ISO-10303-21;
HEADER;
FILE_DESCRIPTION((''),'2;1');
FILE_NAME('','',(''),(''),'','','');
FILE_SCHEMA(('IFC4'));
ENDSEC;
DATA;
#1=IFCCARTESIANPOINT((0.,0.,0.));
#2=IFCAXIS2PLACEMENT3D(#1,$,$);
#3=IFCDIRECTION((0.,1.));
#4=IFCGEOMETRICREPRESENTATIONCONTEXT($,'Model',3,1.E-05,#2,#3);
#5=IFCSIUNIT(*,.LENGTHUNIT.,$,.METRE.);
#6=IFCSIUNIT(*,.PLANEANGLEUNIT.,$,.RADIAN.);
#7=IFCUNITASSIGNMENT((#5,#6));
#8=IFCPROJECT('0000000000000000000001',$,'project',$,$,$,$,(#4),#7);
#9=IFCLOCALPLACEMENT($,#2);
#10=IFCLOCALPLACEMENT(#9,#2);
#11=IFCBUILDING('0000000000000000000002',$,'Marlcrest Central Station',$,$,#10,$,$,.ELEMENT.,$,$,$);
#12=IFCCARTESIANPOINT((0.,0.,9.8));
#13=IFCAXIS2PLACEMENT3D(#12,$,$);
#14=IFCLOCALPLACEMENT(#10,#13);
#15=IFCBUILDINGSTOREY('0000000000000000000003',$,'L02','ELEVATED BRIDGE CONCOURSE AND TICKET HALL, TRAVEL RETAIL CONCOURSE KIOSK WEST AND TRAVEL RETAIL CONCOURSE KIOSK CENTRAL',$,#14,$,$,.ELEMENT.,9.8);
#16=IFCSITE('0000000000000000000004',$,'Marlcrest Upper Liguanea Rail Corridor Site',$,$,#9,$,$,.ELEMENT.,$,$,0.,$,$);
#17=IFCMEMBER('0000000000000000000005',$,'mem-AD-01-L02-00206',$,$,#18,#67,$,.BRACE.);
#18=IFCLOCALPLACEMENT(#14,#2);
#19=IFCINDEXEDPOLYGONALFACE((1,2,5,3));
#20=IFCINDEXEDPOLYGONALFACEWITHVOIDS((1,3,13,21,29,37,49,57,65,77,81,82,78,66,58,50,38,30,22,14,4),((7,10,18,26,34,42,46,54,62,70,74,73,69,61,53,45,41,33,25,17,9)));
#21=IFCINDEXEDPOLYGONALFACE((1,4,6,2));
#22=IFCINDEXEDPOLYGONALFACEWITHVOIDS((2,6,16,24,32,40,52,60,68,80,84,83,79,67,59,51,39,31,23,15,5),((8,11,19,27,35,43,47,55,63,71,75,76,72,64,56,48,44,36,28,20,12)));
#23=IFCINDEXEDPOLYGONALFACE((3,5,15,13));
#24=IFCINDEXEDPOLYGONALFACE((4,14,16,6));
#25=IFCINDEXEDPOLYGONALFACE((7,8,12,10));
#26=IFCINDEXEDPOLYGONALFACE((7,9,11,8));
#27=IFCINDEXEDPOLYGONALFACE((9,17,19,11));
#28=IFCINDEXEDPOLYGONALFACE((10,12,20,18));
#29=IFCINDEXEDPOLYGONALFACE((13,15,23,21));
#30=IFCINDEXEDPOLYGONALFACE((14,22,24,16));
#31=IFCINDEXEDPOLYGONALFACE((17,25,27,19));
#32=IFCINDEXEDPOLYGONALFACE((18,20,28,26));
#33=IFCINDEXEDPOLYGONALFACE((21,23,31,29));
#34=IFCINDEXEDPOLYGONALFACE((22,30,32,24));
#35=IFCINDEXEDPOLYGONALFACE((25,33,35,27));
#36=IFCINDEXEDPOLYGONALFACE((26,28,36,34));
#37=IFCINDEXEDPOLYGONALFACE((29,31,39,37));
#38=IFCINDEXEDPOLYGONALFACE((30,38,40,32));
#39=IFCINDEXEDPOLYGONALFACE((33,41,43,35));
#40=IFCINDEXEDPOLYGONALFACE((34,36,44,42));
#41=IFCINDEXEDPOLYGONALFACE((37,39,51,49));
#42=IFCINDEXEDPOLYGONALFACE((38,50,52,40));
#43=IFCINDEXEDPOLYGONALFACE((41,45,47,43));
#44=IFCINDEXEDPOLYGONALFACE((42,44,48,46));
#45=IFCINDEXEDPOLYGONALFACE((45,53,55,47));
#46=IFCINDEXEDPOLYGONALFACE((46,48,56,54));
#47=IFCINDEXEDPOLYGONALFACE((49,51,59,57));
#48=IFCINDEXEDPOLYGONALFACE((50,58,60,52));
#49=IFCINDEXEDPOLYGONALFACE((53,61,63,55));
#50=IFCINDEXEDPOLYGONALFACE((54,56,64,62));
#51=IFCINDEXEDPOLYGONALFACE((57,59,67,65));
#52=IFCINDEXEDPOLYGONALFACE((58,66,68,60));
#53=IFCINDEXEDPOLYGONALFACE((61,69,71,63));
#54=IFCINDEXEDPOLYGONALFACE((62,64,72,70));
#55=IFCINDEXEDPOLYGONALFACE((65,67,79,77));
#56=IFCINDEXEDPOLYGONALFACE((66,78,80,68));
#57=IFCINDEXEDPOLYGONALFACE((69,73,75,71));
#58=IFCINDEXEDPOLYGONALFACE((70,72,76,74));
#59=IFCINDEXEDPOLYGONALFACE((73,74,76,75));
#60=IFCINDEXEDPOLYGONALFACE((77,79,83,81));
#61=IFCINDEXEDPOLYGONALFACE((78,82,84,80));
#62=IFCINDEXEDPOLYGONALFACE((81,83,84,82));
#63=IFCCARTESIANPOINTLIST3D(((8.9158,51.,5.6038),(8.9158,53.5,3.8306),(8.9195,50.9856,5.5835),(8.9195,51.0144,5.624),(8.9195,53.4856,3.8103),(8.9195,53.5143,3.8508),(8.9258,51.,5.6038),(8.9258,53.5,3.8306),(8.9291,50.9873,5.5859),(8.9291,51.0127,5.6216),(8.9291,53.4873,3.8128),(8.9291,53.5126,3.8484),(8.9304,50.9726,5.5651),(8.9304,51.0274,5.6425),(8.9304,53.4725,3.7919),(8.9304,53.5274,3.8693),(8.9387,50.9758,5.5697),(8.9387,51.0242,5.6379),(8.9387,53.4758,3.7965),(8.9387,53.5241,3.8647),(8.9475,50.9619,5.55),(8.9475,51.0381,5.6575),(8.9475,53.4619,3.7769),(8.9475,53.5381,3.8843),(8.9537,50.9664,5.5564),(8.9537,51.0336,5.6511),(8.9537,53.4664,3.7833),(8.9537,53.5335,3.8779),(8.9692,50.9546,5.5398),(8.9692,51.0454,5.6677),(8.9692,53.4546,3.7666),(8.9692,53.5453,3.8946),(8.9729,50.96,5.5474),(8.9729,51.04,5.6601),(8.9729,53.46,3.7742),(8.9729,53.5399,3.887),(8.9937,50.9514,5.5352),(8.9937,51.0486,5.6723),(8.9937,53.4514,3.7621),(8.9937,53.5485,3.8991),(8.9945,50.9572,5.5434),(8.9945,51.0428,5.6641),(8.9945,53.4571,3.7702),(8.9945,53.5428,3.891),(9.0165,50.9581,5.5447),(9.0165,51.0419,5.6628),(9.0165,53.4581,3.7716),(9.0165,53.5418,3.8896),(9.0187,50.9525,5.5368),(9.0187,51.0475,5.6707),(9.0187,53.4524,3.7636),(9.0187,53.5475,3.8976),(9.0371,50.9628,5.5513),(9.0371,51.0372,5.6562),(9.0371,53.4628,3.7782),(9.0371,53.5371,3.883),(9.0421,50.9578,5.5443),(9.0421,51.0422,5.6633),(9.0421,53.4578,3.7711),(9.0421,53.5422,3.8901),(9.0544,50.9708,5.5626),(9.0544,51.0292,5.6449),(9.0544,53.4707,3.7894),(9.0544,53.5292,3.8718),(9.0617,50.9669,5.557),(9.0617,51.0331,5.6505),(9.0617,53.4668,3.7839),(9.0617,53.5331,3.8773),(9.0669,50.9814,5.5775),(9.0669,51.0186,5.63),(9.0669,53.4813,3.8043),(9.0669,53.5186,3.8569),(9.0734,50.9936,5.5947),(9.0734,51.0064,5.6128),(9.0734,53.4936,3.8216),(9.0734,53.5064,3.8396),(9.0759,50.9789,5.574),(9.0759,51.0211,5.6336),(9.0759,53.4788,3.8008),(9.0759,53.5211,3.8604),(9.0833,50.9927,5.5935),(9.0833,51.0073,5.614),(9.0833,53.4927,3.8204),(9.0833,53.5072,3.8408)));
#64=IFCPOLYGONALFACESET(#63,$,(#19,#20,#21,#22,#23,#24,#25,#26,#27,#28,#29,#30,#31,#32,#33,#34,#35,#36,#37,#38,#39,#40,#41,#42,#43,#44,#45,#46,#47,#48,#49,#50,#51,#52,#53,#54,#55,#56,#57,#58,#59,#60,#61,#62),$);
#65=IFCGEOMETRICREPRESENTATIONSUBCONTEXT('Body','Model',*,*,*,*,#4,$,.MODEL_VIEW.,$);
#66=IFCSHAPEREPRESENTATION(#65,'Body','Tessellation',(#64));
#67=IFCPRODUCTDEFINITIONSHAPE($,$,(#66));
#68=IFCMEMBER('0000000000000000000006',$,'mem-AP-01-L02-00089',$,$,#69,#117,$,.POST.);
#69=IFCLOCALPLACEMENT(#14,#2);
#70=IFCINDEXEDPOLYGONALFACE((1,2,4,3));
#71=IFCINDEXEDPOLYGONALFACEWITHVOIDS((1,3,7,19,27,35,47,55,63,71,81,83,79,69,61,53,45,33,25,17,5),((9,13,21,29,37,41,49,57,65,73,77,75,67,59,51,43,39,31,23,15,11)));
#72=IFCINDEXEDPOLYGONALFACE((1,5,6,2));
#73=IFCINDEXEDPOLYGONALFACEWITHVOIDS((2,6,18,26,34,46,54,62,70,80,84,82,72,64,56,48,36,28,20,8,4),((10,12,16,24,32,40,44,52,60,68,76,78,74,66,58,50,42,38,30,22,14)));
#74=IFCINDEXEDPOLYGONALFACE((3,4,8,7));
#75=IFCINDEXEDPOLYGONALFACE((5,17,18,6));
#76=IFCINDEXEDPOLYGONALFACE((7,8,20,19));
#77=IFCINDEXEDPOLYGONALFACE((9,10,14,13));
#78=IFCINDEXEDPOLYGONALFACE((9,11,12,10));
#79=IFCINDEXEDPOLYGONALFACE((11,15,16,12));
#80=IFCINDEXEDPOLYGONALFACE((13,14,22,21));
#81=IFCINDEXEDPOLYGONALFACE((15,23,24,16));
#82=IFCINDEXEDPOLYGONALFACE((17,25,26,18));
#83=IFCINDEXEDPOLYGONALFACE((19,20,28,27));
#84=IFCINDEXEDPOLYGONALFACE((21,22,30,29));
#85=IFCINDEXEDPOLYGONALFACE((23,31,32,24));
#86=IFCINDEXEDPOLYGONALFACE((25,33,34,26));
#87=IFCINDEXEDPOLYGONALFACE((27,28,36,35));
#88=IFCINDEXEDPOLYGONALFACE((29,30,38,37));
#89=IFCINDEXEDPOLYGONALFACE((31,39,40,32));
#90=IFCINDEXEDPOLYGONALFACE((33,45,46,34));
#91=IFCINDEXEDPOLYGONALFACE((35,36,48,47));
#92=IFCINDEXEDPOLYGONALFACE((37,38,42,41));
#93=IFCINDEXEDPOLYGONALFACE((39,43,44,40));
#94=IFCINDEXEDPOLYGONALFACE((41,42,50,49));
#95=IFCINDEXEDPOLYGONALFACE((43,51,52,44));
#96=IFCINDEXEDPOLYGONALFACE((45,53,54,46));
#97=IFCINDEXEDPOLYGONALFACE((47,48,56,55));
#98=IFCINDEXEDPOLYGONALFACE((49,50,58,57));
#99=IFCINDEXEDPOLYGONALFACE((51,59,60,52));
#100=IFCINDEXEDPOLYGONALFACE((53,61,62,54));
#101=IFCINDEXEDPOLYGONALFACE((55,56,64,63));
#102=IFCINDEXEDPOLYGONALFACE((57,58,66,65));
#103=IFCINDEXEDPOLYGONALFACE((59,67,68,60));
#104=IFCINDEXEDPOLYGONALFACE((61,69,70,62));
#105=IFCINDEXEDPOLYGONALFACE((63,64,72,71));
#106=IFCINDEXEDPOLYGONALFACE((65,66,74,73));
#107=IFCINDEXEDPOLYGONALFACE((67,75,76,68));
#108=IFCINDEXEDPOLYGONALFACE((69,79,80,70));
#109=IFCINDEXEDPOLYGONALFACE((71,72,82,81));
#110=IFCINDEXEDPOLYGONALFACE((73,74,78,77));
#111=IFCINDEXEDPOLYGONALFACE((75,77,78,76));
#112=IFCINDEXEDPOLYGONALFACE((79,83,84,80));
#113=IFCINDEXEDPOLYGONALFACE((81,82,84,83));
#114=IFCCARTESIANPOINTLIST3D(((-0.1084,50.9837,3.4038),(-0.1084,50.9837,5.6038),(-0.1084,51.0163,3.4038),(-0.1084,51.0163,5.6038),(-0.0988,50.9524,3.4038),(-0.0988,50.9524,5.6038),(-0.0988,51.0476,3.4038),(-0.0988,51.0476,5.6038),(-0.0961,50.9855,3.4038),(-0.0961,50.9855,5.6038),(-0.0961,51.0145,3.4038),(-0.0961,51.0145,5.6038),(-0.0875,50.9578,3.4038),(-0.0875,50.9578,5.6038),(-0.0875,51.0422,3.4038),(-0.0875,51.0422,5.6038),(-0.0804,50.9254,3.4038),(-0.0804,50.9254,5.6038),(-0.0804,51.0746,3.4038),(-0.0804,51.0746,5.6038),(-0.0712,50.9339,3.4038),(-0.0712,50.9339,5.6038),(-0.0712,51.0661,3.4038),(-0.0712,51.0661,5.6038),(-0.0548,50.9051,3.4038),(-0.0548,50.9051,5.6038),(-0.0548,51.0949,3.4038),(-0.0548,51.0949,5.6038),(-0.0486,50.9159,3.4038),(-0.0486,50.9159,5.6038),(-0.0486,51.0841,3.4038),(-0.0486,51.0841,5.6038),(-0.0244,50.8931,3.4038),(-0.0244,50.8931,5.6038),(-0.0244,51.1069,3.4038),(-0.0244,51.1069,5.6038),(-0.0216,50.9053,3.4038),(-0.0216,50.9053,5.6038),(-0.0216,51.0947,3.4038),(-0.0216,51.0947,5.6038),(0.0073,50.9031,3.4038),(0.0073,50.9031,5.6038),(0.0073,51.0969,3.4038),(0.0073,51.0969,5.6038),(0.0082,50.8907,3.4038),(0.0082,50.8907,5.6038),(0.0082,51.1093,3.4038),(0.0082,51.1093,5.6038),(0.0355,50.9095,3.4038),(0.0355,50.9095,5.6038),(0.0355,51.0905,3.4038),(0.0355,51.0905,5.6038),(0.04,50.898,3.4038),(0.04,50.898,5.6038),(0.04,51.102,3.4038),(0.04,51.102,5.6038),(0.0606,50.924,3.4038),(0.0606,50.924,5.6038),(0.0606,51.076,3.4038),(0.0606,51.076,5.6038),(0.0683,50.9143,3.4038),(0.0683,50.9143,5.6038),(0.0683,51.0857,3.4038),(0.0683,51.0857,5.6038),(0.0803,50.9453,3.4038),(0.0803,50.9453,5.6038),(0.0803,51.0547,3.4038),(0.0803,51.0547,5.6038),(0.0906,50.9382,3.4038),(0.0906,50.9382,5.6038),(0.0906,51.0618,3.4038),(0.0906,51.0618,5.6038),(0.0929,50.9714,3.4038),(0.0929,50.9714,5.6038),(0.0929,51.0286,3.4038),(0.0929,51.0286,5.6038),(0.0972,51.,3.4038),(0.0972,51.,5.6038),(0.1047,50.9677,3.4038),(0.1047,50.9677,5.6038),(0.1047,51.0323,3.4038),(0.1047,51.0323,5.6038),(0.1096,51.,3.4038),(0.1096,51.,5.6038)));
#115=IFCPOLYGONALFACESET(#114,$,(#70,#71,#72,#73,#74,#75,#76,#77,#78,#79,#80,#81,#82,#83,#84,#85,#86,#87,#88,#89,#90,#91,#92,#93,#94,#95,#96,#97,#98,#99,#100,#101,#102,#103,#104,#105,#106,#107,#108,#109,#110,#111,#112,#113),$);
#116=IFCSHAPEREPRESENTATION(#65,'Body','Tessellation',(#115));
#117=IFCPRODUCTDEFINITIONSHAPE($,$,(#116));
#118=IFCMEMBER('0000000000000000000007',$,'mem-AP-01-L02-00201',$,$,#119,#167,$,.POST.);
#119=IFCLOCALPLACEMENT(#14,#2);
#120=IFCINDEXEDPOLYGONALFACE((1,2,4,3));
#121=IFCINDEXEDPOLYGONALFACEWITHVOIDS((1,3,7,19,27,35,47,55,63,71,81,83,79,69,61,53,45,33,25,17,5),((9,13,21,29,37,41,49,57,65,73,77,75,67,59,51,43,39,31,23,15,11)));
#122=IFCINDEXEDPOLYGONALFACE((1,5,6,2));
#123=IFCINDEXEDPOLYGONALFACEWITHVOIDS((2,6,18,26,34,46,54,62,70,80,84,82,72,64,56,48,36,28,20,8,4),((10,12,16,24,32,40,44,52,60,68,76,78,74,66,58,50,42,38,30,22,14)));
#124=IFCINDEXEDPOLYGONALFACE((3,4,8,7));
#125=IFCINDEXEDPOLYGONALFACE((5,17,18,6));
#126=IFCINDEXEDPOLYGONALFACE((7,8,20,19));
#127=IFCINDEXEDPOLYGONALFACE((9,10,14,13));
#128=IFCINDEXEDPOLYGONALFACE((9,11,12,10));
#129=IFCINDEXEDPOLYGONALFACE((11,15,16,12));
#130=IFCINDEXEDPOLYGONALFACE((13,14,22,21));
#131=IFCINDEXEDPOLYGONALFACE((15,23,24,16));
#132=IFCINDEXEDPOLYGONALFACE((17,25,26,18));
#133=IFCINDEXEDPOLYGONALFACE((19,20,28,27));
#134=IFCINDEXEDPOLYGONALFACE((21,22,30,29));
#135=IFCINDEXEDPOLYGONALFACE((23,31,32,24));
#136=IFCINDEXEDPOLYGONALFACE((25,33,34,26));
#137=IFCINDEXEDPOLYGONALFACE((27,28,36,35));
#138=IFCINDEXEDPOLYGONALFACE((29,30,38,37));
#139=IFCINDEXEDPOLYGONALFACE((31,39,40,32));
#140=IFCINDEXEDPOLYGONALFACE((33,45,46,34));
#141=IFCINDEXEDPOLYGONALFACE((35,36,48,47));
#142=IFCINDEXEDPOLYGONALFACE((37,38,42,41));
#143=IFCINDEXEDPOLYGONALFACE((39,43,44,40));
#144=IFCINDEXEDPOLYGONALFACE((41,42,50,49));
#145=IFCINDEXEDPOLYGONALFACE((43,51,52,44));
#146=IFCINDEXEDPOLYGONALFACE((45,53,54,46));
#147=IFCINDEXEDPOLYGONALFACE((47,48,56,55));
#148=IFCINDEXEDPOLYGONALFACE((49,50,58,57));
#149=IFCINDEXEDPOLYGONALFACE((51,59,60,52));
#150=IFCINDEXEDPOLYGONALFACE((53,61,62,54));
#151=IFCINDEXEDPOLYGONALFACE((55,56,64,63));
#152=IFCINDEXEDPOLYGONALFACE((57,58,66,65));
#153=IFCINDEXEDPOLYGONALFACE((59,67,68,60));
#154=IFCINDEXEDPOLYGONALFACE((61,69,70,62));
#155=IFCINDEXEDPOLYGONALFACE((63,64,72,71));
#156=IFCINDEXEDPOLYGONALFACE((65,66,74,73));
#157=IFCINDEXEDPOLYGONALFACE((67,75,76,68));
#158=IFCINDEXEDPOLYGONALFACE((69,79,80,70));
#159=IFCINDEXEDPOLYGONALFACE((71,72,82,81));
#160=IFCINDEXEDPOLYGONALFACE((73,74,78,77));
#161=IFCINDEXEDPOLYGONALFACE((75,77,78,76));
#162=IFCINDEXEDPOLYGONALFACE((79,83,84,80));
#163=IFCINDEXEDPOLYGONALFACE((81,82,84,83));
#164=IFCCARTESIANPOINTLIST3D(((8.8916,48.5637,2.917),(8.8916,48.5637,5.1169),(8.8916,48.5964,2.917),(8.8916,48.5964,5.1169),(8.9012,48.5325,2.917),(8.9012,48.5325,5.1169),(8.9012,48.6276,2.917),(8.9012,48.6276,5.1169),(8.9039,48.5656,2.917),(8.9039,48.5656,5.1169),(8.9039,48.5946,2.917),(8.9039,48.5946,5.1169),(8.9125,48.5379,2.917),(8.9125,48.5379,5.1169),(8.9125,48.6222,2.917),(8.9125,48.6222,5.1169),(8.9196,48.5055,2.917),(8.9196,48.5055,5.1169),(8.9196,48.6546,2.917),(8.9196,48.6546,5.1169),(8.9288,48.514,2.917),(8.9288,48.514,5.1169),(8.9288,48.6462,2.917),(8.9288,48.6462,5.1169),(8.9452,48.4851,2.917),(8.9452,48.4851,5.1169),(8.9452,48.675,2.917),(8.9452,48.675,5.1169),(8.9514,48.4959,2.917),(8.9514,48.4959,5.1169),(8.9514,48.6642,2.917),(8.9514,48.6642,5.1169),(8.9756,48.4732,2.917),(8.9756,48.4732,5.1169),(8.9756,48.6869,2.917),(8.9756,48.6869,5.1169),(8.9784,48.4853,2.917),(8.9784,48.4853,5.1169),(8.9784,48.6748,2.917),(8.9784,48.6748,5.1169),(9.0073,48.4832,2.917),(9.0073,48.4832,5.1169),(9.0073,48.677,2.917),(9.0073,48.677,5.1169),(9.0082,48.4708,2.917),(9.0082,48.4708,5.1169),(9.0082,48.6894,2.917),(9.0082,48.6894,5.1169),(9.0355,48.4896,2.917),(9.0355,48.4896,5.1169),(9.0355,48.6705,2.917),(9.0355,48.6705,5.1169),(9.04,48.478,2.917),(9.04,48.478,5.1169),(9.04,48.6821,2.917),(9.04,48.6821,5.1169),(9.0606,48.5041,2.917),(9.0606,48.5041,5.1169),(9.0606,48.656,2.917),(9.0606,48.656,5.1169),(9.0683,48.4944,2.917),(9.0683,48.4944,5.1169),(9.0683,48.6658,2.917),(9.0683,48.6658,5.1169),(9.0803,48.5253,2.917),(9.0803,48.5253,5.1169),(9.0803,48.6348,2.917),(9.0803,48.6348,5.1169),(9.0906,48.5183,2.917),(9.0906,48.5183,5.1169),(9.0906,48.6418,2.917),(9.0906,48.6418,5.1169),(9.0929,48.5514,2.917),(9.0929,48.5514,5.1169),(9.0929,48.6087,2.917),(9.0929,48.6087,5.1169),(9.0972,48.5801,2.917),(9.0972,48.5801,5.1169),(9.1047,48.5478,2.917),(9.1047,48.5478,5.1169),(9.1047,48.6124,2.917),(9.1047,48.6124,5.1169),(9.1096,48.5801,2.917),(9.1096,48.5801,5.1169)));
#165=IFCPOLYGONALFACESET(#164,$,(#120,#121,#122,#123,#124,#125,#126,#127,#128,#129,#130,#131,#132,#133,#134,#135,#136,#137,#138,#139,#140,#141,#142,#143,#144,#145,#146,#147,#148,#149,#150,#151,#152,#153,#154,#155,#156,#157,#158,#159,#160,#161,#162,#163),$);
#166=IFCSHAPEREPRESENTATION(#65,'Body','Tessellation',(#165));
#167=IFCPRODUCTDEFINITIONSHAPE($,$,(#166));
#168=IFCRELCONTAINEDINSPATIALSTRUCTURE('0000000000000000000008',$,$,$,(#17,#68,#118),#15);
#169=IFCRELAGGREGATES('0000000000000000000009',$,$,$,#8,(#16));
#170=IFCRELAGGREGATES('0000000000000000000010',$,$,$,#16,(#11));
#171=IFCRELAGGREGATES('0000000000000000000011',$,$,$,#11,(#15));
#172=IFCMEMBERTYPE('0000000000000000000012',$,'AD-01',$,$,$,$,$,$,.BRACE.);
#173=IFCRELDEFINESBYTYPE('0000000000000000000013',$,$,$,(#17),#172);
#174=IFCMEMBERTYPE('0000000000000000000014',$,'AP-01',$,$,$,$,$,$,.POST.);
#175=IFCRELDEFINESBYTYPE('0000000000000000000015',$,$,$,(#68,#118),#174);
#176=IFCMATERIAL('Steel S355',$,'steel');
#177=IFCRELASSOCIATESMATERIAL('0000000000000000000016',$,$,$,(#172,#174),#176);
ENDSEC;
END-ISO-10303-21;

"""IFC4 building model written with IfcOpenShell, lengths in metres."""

from ifc_helpers import new_model, si_unit, direction, frame, origin, origin_2d, place, context, subcontext, project, spatial, hollow_circle, extrude, material, material_profile, profile_set, type_object, element, save


model = new_model("IFC4")

# Units and contexts
model_context = context("Model", 3, precision=1e-05, world=origin(), true_north=direction((0.0, 1.0)))
body_context = subcontext(model_context, "Body", "Model", "MODEL_VIEW")
ifc_project = project(units=[si_unit("LENGTHUNIT", "METRE"), si_unit("PLANEANGLEUNIT", "RADIAN")], contexts=[model_context])

# Site, building, storey
site_placement = place(None, origin())
site = spatial("IfcSite", under=ifc_project, at=site_placement, Name="Marlcrest Upper Liguanea Rail Corridor Site", CompositionType="ELEMENT", RefElevation=0.0)
building_placement = place(site_placement, origin())
building = spatial("IfcBuilding", under=site, at=building_placement, Name="Marlcrest Central Station", CompositionType="ELEMENT")
storey_placement = place(building_placement, frame((0.0, 0.0, 9.8)))
storey = spatial("IfcBuildingStorey", under=building, at=storey_placement, Name="L02", Description="ELEVATED BRIDGE CONCOURSE AND TICKET HALL, TRAVEL RETAIL CONCOURSE KIOSK WEST AND TRAVEL RETAIL CONCOURSE KIOSK CENTRAL", CompositionType="ELEMENT", Elevation=9.8)

# Members
ifc_material = material(Name="Steel S355", Category="steel")
ifc_material_profile_1 = material_profile(ifc_material, hollow_circle(Radius=0.0842, WallThickness=0.01, at=origin_2d()), Name="CHS 168.3x10")
ifc_profile_set_1 = profile_set([ifc_material_profile_1], Name="Steel S355")
member_type_1 = type_object("IfcMemberType", Name="AD-01", PredefinedType="BRACE", material=ifc_profile_set_1)
member_1_placement = place(storey_placement, frame((9.0, 51.0, 5.6038), z_axis=(0.0, 0.815661, -0.57853), x_axis=(-1.0, 0.0, 0.0)))
element("IfcMember", 1, at=member_1_placement, inside=storey, type_object=member_type_1, Name="mem-AD-01-L02-00206", PredefinedType="BRACE", context=body_context, shape_type="SweptSolid", body=[
    extrude(hollow_circle(Radius=0.0842, WallThickness=0.01, at=origin_2d()), origin(), (0.0, 0.0, 1.0), 3.0649),
])
ifc_material_profile_2 = material_profile(ifc_material, hollow_circle(Radius=0.1096, WallThickness=0.0125, at=origin_2d()), Name="CHS 219.1x12.5")
ifc_profile_set_2 = profile_set([ifc_material_profile_2], Name="Steel S355")
member_type_2 = type_object("IfcMemberType", Name="AP-01", PredefinedType="POST", material=ifc_profile_set_2)
for number, where, z_axis, x_axis, name in (
    (2, (0.0, 51.0, 3.4038), (0.0, 0.0, 1.0), (1.0, 0.0, 0.0), "mem-AP-01-L02-00089"),
    (3, (9.0, 48.5801, 2.917), (0.0, 0.0, 1.0), (1.0, 0.0, 0.0), "mem-AP-01-L02-00201"),
):
    element("IfcMember", number, at=place(storey_placement, frame(where, z_axis=z_axis, x_axis=x_axis)), inside=storey, type_object=member_type_2, Name=name, PredefinedType="POST", context=body_context, shape_type="SweptSolid", body=[
        extrude(hollow_circle(Radius=0.1096, WallThickness=0.0125, at=origin_2d()), origin(), (0.0, 0.0, 1.0), 2.2),
    ])

save(model, "model.ifc")
